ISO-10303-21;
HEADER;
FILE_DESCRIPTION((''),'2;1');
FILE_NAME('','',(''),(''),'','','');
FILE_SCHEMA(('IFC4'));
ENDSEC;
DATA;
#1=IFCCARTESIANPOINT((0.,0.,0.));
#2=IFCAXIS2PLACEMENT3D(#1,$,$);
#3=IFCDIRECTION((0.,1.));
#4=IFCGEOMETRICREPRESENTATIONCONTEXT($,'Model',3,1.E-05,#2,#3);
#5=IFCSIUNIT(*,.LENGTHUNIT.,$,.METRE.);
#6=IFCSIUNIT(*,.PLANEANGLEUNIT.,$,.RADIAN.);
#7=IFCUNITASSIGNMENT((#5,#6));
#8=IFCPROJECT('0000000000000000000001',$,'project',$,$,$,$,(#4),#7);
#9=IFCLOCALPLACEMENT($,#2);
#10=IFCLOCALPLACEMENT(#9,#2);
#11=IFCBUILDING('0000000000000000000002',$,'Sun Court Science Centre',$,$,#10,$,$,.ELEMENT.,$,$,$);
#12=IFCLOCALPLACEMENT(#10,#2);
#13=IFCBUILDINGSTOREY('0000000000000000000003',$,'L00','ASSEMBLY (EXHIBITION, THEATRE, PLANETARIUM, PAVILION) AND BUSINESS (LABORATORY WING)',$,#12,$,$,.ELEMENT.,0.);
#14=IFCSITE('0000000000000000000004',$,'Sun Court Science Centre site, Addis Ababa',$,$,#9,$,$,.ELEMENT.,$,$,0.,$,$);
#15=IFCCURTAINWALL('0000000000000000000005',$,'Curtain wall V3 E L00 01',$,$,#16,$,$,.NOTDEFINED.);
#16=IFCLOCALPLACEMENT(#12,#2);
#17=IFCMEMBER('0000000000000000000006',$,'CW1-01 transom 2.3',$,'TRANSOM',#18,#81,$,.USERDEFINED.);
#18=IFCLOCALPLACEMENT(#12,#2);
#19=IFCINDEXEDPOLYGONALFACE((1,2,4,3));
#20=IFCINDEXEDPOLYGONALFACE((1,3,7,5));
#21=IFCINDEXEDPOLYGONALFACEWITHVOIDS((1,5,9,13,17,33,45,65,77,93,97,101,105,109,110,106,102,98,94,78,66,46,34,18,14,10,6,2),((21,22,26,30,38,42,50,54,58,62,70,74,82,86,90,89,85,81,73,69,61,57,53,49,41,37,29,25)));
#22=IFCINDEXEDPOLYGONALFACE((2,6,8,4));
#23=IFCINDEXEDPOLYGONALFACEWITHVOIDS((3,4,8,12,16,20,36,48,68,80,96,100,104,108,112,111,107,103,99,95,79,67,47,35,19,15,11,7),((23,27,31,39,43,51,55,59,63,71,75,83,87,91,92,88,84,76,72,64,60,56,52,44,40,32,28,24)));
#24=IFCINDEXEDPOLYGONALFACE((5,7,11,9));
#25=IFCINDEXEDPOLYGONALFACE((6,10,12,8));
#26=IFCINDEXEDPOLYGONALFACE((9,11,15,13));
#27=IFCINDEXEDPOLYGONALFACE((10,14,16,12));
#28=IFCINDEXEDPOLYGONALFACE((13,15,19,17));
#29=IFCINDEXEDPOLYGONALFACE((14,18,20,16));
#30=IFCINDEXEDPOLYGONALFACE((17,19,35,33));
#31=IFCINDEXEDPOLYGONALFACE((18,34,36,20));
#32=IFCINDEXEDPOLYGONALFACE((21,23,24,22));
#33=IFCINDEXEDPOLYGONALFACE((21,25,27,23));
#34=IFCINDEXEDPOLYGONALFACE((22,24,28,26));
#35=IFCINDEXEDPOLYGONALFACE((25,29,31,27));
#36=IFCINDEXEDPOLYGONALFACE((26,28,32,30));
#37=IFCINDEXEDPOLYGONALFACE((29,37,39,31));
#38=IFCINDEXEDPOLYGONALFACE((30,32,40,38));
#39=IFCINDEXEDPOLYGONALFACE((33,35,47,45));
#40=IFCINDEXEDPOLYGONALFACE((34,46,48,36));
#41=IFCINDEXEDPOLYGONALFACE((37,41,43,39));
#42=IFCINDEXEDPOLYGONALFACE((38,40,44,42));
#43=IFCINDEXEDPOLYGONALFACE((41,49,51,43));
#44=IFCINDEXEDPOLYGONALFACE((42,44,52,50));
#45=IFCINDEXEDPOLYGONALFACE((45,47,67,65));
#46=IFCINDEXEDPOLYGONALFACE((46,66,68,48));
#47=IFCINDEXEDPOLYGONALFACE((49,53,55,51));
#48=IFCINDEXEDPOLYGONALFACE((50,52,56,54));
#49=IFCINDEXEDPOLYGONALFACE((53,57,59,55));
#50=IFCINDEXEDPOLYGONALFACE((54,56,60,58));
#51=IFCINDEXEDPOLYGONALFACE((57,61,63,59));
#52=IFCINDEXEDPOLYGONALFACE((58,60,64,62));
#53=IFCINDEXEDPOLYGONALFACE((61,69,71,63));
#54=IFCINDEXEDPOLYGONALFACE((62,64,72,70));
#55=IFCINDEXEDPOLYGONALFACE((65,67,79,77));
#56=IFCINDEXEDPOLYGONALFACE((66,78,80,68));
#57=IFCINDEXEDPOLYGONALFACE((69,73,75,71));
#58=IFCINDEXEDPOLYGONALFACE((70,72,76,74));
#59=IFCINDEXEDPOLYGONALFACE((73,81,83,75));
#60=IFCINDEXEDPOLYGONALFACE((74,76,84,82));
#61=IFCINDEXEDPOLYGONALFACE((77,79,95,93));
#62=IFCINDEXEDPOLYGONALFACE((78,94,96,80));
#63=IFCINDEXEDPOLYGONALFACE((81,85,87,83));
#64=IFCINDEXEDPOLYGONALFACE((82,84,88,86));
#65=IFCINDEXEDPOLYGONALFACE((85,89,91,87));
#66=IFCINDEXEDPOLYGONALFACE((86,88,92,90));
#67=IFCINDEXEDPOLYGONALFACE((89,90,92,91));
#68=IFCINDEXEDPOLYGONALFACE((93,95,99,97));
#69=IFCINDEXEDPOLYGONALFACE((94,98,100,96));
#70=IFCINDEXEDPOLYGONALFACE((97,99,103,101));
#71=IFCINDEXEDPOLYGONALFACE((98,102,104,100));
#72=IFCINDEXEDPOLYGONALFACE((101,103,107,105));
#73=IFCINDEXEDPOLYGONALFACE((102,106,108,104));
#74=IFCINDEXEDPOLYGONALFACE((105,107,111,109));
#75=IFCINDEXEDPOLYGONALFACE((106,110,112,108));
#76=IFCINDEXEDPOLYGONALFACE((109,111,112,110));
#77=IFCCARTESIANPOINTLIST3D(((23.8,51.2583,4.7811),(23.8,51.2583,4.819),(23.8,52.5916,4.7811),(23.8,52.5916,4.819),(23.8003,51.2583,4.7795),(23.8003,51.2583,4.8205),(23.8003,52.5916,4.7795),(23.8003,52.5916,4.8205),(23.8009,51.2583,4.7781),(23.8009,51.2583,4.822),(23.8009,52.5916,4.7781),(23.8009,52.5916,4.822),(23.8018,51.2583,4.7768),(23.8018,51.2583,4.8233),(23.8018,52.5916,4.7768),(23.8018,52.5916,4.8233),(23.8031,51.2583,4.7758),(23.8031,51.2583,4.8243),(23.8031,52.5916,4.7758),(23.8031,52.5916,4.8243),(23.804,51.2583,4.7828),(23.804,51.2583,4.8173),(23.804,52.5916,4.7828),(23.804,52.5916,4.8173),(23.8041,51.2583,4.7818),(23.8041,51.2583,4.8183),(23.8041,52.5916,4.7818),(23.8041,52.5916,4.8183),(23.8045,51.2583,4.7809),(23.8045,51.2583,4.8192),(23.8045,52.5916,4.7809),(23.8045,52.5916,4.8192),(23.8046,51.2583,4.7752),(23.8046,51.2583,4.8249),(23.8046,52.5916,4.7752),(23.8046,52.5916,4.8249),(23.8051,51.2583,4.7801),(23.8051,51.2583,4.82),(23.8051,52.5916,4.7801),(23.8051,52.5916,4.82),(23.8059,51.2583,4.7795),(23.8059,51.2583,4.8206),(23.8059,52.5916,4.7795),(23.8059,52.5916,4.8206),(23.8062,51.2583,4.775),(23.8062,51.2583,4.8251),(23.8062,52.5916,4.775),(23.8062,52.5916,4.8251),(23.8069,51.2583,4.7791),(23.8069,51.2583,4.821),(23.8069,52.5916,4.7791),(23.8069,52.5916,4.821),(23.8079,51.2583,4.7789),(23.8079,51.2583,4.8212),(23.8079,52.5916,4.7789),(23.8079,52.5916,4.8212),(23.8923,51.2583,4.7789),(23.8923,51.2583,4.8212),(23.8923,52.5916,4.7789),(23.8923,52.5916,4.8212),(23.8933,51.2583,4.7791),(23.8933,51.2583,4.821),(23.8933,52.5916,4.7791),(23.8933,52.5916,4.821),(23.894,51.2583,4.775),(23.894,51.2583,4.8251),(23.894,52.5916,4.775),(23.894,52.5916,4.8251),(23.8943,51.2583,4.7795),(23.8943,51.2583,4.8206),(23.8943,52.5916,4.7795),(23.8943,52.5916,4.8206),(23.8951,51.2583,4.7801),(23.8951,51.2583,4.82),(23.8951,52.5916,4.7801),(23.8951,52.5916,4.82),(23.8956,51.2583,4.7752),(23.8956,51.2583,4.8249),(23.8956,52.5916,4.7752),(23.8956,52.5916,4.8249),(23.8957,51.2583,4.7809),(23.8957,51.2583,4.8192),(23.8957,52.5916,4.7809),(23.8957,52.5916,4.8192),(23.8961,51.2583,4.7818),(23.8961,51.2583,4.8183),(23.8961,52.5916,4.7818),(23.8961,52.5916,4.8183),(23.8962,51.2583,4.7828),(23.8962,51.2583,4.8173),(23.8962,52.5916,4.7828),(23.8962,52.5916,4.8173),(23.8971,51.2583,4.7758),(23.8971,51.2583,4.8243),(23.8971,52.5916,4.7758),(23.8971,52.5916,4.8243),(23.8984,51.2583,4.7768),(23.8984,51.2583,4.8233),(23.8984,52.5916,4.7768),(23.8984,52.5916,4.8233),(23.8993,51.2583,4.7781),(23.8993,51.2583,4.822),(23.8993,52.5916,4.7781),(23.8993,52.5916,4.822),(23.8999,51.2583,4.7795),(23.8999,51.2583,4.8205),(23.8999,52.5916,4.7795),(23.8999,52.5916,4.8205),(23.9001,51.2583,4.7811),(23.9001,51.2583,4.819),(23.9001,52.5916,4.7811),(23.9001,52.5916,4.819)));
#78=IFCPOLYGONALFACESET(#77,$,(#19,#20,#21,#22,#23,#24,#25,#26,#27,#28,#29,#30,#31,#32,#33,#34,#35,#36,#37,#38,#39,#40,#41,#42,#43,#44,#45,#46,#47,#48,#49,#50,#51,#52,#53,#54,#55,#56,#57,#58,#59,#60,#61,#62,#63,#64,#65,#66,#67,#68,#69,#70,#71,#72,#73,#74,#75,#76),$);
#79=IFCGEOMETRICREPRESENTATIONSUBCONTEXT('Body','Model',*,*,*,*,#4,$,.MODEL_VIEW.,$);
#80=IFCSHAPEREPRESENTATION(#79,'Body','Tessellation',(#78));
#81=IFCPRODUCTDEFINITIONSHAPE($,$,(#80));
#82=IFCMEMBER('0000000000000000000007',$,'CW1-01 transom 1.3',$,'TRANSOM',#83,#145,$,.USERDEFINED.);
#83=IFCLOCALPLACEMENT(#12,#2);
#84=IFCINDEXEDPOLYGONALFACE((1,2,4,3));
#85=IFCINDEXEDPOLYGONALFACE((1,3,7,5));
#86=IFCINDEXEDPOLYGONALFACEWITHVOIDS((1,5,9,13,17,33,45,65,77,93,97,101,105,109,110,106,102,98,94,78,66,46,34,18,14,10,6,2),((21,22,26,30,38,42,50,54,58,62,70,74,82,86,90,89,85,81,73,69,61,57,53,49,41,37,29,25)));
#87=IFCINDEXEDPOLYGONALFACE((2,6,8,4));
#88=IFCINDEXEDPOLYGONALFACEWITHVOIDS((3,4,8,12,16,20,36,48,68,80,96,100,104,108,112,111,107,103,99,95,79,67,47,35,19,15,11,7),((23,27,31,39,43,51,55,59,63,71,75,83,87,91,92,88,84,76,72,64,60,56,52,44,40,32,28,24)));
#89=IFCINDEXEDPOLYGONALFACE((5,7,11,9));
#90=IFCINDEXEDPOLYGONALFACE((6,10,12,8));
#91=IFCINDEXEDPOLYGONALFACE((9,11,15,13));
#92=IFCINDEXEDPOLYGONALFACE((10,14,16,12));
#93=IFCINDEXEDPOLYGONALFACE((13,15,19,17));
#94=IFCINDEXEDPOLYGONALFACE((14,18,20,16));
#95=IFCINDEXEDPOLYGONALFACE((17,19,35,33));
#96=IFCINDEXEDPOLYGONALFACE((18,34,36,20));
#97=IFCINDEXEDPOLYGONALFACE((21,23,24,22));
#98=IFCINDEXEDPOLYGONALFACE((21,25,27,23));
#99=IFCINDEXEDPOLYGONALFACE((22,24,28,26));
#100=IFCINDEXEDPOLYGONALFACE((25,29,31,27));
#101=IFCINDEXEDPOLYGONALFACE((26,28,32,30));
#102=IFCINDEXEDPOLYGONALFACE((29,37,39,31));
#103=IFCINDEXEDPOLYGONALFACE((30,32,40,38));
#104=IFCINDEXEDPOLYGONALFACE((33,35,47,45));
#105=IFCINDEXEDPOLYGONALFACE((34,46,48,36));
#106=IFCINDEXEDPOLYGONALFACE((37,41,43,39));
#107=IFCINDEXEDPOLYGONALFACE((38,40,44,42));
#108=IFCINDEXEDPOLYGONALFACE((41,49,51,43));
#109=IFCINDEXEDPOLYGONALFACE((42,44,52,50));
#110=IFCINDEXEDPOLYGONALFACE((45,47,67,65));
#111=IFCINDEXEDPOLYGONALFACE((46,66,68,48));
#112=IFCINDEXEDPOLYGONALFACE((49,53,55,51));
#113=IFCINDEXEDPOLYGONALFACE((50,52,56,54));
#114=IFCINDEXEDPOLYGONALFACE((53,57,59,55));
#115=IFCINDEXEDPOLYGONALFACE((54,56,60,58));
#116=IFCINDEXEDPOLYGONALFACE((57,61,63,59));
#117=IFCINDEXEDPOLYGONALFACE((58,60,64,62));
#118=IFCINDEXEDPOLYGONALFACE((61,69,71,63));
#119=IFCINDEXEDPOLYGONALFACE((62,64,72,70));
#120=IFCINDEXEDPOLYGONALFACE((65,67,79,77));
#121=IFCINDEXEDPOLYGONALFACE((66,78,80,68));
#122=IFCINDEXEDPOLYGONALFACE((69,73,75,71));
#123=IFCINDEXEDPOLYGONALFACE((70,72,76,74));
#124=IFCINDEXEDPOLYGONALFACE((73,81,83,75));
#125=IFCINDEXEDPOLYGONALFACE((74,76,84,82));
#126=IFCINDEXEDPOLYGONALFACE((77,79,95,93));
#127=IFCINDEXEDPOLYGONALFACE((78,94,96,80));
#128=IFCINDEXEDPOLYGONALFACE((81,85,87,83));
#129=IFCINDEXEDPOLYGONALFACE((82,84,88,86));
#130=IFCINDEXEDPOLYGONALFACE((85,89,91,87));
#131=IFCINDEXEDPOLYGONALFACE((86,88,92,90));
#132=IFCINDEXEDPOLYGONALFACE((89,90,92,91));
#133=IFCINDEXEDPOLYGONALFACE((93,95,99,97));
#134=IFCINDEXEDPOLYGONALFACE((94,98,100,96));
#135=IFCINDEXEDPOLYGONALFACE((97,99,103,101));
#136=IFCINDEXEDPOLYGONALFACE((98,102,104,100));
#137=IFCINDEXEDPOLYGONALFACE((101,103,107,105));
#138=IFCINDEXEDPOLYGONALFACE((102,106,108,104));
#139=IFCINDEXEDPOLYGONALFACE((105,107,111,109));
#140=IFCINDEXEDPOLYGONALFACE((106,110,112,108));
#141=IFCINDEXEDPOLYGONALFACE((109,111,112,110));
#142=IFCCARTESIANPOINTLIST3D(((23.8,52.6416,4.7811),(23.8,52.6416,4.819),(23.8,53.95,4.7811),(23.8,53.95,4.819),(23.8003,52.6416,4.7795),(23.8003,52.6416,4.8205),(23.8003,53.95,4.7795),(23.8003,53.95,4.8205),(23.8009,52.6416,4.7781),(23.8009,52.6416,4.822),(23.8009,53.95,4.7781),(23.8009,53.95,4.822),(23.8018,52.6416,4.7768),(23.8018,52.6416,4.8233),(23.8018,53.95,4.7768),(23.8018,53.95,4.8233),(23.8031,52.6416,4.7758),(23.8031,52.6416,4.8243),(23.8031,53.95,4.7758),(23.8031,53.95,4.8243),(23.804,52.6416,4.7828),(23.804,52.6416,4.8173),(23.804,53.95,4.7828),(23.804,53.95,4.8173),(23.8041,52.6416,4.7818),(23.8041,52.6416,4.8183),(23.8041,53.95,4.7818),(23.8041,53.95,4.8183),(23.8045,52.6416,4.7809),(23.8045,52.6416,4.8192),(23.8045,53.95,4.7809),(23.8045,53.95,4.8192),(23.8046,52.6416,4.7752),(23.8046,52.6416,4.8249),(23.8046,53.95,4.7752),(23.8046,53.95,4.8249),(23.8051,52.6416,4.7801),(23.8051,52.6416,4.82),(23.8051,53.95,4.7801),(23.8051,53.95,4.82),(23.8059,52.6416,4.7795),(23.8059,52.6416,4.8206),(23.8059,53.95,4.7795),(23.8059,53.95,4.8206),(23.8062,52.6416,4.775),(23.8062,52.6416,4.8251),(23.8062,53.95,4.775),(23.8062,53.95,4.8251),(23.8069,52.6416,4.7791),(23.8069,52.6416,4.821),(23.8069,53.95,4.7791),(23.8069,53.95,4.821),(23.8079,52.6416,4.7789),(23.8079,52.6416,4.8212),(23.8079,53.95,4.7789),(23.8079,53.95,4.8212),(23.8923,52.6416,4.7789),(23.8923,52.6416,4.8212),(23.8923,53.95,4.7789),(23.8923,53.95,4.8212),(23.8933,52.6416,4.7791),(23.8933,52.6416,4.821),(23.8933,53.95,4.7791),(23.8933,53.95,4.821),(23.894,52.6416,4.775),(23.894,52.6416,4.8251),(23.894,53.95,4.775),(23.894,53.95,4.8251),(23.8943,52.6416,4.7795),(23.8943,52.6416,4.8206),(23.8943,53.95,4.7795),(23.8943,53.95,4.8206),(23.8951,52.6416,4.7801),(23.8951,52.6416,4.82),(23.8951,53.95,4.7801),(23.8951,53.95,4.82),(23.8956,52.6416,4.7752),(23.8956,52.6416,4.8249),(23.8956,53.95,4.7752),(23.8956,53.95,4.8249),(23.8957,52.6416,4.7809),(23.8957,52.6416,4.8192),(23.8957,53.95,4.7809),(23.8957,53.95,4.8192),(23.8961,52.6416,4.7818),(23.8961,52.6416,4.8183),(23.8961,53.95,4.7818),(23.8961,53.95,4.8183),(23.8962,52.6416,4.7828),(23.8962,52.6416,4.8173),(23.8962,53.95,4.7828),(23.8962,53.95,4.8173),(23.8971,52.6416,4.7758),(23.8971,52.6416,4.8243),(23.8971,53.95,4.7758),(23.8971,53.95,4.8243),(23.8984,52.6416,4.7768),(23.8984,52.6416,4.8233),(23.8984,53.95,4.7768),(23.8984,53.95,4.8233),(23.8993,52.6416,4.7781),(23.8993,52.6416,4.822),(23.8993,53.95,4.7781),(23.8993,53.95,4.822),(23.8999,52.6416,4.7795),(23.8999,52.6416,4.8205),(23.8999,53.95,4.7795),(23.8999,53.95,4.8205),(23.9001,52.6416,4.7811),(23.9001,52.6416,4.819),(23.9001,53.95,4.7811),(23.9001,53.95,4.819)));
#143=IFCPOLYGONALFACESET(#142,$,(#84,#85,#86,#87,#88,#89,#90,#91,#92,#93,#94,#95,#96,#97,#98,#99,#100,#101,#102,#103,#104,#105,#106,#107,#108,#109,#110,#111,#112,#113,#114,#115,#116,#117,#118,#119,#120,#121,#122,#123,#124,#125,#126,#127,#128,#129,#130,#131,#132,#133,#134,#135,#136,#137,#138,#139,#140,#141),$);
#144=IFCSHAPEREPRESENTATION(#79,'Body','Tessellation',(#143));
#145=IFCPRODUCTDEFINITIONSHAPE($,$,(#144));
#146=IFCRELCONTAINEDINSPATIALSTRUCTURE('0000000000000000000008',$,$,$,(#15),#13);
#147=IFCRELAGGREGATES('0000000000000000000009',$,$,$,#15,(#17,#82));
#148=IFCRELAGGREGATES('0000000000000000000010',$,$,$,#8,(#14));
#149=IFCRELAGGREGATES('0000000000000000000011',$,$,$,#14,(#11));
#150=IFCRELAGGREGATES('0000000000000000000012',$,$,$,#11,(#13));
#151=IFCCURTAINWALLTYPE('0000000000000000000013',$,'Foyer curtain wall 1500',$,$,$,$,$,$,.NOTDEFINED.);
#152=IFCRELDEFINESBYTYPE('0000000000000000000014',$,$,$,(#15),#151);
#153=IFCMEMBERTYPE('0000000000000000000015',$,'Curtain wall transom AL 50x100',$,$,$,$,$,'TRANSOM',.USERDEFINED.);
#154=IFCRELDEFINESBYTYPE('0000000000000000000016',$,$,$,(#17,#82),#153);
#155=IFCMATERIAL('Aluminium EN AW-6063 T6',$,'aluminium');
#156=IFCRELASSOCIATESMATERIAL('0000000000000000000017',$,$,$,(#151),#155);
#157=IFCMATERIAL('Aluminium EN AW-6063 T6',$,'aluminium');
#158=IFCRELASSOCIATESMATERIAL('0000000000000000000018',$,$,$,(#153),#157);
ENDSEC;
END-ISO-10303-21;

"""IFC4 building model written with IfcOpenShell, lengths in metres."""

from ifc_helpers import new_model, si_unit, direction, frame, origin, origin_2d, place, context, subcontext, project, spatial, hollow_rectangle, extrude, material, material_profile, profile_set, type_object, element, aggregate, save


model = new_model("IFC4")

# Units and contexts
model_context = context("Model", 3, precision=1e-05, world=origin(), true_north=direction((0.0, 1.0)))
body_context = subcontext(model_context, "Body", "Model", "MODEL_VIEW")
ifc_project = project(units=[si_unit("LENGTHUNIT", "METRE"), si_unit("PLANEANGLEUNIT", "RADIAN")], contexts=[model_context])

# Site, building, storey
site_placement = place(None, origin())
site = spatial("IfcSite", under=ifc_project, at=site_placement, Name="Sun Court Science Centre site, Addis Ababa", CompositionType="ELEMENT", RefElevation=0.0)
building_placement = place(site_placement, origin())
building = spatial("IfcBuilding", under=site, at=building_placement, Name="Sun Court Science Centre", CompositionType="ELEMENT")
storey_placement = place(building_placement, origin())
storey = spatial("IfcBuildingStorey", under=building, at=storey_placement, Name="L00", Description="ASSEMBLY (EXHIBITION, THEATRE, PLANETARIUM, PAVILION) AND BUSINESS (LABORATORY WING)", CompositionType="ELEMENT", Elevation=0.0)

# Curtain wall
ifc_material_1 = material(Name="Aluminium EN AW-6063 T6", Category="aluminium")
curtain_wall_type_1 = type_object("IfcCurtainWallType", Name="Foyer curtain wall 1500", PredefinedType="NOTDEFINED", material=ifc_material_1)
curtain_wall_1_placement = place(storey_placement, origin())
curtain_wall_1 = element("IfcCurtainWall", 1, at=curtain_wall_1_placement, inside=storey, type_object=curtain_wall_type_1, Name="Curtain wall V3 E L00 01", PredefinedType="NOTDEFINED")

# Members
ifc_material_2 = material(Name="Aluminium EN AW-6063 T6", Category="aluminium")
ifc_material_profile_1 = material_profile(ifc_material_2, hollow_rectangle(XDim=0.05, YDim=0.1001, WallThickness=0.0039, InnerFilletRadius=0.0039, OuterFilletRadius=0.0061, at=origin_2d()), Name="AL 50x100x4")
ifc_profile_set_1 = profile_set([ifc_material_profile_1], Name="Aluminium EN AW-6063 T6")
member_type_1 = type_object("IfcMemberType", Name="Curtain wall transom AL 50x100", ElementType="TRANSOM", PredefinedType="USERDEFINED", material=ifc_profile_set_1)
member_1_placement = place(storey_placement, frame((23.8501, 52.5916, 4.8), z_axis=(0.0, -1.0, 0.0), x_axis=(0.0, 0.0, 1.0)))
member_1 = element("IfcMember", 2, at=member_1_placement, type_object=member_type_1, Name="CW1-01 transom 2.3", ObjectType="TRANSOM", PredefinedType="USERDEFINED", context=body_context, shape_type="SweptSolid", body=[
    extrude(hollow_rectangle(XDim=0.05, YDim=0.1001, WallThickness=0.0039, InnerFilletRadius=0.0039, OuterFilletRadius=0.0061, at=origin_2d()), origin(), (0.0, 0.0, 1.0), 1.3333),
])
member_2_placement = place(storey_placement, frame((23.8501, 53.95, 4.8), z_axis=(0.0, -1.0, 0.0), x_axis=(0.0, 0.0, 1.0)))
member_2 = element("IfcMember", 3, at=member_2_placement, type_object=member_type_1, Name="CW1-01 transom 1.3", ObjectType="TRANSOM", PredefinedType="USERDEFINED", context=body_context, shape_type="SweptSolid", body=[
    extrude(hollow_rectangle(XDim=0.05, YDim=0.1001, WallThickness=0.0039, InnerFilletRadius=0.0039, OuterFilletRadius=0.0061, at=origin_2d()), origin(), (0.0, 0.0, 1.0), 1.3083),
])

aggregate(curtain_wall_1, [member_1, member_2])

save(model, "model.ifc")
